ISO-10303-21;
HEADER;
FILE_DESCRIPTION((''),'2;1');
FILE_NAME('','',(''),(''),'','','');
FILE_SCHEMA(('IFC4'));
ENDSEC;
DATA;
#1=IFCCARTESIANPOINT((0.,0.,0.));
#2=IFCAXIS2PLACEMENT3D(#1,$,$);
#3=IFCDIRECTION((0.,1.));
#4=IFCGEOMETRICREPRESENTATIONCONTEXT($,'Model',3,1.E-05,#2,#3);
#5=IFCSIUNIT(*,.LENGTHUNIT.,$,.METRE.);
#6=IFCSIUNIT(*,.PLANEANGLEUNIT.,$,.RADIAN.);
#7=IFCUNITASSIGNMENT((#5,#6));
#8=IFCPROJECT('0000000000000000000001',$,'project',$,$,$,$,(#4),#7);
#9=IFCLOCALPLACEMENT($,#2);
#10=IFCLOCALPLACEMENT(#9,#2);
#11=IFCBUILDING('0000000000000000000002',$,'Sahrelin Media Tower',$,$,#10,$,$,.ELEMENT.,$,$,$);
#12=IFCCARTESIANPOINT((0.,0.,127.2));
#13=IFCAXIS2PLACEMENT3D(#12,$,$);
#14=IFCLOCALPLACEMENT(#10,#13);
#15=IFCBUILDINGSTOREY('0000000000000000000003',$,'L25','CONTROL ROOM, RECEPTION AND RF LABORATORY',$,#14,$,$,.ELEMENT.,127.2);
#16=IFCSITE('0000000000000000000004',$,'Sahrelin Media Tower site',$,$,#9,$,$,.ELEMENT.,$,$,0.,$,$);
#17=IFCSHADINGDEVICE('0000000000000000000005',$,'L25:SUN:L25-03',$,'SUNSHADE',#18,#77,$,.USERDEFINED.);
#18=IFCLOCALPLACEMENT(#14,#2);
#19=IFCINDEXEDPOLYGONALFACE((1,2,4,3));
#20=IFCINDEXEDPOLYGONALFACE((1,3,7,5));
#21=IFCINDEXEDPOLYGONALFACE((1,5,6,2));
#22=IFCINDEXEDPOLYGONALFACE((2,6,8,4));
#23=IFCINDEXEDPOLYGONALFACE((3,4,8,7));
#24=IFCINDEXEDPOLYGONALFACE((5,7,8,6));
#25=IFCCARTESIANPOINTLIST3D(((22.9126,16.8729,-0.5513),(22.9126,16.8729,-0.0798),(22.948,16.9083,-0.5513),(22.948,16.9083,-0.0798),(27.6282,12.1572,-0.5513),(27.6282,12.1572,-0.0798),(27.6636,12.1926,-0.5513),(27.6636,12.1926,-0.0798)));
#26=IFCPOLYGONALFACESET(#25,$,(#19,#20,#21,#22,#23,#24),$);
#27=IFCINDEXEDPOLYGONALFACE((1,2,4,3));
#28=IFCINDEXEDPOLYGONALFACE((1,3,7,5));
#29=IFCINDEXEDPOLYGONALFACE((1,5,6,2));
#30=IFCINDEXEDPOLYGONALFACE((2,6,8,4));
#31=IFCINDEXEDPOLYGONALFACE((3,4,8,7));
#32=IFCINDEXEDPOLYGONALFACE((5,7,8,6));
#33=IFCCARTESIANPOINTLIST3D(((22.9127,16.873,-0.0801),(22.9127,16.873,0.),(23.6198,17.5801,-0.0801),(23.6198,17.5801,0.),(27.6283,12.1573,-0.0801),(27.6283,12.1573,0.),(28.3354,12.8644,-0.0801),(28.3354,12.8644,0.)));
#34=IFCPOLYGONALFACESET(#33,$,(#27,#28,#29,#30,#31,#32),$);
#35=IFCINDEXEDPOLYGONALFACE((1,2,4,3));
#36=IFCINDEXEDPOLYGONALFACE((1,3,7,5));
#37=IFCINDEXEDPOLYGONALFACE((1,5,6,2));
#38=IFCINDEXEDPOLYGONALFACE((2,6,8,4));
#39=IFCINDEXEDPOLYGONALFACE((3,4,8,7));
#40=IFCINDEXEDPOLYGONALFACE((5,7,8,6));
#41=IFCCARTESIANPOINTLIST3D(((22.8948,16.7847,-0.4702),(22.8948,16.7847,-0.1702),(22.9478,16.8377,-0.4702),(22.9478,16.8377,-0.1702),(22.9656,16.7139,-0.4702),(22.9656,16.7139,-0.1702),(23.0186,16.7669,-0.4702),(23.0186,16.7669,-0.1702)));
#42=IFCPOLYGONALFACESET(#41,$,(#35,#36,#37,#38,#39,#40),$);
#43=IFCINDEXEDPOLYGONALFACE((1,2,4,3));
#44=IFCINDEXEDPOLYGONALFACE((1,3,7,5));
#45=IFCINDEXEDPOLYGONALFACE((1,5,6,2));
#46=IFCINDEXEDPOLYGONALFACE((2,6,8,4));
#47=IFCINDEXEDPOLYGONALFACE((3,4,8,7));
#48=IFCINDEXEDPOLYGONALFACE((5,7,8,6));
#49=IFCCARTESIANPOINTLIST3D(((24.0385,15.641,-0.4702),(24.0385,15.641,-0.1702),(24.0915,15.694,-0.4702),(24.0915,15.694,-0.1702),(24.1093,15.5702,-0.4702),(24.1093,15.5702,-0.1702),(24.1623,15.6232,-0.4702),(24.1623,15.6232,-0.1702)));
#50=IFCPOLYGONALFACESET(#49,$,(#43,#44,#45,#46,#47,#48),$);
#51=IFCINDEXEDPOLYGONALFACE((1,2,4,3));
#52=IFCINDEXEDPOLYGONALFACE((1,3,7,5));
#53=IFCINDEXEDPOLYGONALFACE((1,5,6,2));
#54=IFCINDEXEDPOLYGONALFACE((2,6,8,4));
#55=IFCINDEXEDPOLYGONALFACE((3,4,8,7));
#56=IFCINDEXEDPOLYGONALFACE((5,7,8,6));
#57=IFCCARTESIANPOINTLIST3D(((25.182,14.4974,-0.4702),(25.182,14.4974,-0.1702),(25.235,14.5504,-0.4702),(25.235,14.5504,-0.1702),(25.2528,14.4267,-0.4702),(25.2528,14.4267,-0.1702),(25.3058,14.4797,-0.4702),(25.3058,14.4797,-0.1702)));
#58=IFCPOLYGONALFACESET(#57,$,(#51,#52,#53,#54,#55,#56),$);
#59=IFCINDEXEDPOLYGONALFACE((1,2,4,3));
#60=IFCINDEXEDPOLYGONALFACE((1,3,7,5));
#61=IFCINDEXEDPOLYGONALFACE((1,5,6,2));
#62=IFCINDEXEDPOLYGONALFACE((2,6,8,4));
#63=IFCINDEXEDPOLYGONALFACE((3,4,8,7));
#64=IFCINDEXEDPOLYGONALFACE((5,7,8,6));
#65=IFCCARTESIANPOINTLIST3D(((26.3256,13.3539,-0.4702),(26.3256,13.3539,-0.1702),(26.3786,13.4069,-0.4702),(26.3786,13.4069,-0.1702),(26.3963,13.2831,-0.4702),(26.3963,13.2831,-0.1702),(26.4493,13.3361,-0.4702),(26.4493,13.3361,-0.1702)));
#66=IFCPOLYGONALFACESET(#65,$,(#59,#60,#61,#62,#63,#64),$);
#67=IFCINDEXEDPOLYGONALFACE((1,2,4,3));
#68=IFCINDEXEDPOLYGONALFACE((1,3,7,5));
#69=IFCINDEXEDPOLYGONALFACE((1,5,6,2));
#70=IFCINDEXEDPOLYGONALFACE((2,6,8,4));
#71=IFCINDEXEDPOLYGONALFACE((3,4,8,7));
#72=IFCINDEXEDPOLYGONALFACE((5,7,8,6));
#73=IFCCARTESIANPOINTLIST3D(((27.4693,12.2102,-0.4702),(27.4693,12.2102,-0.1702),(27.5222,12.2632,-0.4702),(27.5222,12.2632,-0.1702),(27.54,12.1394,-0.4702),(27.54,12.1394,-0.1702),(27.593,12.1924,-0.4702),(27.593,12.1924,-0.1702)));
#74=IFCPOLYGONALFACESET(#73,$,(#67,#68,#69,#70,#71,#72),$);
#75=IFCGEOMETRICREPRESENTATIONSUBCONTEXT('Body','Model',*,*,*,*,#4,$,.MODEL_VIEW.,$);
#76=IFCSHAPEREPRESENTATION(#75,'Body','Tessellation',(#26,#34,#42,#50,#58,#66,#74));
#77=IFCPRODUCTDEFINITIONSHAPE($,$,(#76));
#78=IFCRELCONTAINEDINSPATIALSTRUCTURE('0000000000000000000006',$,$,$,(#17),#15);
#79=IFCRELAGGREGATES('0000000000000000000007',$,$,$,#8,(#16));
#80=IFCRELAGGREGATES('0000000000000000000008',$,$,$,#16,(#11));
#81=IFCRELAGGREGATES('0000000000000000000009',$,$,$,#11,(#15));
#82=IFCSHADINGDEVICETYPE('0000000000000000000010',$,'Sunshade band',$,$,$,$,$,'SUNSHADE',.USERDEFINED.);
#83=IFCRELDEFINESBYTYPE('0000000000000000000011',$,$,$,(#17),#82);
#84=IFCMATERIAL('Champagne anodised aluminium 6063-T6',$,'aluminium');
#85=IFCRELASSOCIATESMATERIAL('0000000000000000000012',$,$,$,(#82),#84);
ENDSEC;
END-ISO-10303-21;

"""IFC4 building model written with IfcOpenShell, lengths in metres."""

from ifc_helpers import new_model, si_unit, direction, frame, origin, origin_2d, place, context, subcontext, project, spatial, rectangle, extrude, material, type_object, element, save


model = new_model("IFC4")

# Units and contexts
model_context = context("Model", 3, precision=1e-05, world=origin(), true_north=direction((0.0, 1.0)))
body_context = subcontext(model_context, "Body", "Model", "MODEL_VIEW")
ifc_project = project(units=[si_unit("LENGTHUNIT", "METRE"), si_unit("PLANEANGLEUNIT", "RADIAN")], contexts=[model_context])

# Site, building, storey
site_placement = place(None, origin())
site = spatial("IfcSite", under=ifc_project, at=site_placement, Name="Sahrelin Media Tower site", CompositionType="ELEMENT", RefElevation=0.0)
building_placement = place(site_placement, origin())
building = spatial("IfcBuilding", under=site, at=building_placement, Name="Sahrelin Media Tower", CompositionType="ELEMENT")
storey_placement = place(building_placement, frame((0.0, 0.0, 127.2)))
storey = spatial("IfcBuildingStorey", under=building, at=storey_placement, Name="L25", Description="CONTROL ROOM, RECEPTION AND RF LABORATORY", CompositionType="ELEMENT", Elevation=127.2)

# Shared definitions
ifc_material_1 = material(Name="Champagne anodised aluminium 6063-T6", Category="aluminium")

# Shared definitions
placement_1 = place(storey_placement, frame((25.2563, 14.501, 0.0), z_axis=(0.0, 0.0, 1.0), x_axis=(0.707107, -0.707107, 0.0)))

# Shading device
shading_device_type_1 = type_object("IfcShadingDeviceType", Name="Sunshade band", ElementType="SUNSHADE", PredefinedType="USERDEFINED", material=ifc_material_1)
element("IfcShadingDevice", 1, at=placement_1, inside=storey, type_object=shading_device_type_1, Name="L25:SUN:L25-03", ObjectType="SUNSHADE", PredefinedType="USERDEFINED", context=body_context, shape_type="SweptSolid", body=[
    extrude(rectangle(XDim=6.6689, YDim=0.05, at=origin_2d()), frame((0.0, 0.0449, -0.5513)), (0.0, 0.0, 1.0), 0.4714),
    extrude(rectangle(XDim=6.6689, YDim=1.0, at=origin_2d()), frame((0.0, 0.52, -0.0801)), (0.0, 0.0, 1.0), 0.0801),
    extrude(rectangle(XDim=0.1001, YDim=0.075, at=origin_2d()), frame((-3.2346, -0.0176, -0.4702)), (0.0, 0.0, 1.0), 0.3),
    extrude(rectangle(XDim=0.1001, YDim=0.075, at=origin_2d()), frame((-1.6172, -0.0176, -0.4702)), (0.0, 0.0, 1.0), 0.3),
    extrude(rectangle(XDim=0.1001, YDim=0.075, at=origin_2d()), frame((0.0, -0.0176, -0.4702)), (0.0, 0.0, 1.0), 0.3),
    extrude(rectangle(XDim=0.1001, YDim=0.075, at=origin_2d()), frame((1.6172, -0.0176, -0.4702)), (0.0, 0.0, 1.0), 0.3),
    extrude(rectangle(XDim=0.1001, YDim=0.075, at=origin_2d()), frame((3.2346, -0.0176, -0.4702)), (0.0, 0.0, 1.0), 0.3),
])

save(model, "model.ifc")
